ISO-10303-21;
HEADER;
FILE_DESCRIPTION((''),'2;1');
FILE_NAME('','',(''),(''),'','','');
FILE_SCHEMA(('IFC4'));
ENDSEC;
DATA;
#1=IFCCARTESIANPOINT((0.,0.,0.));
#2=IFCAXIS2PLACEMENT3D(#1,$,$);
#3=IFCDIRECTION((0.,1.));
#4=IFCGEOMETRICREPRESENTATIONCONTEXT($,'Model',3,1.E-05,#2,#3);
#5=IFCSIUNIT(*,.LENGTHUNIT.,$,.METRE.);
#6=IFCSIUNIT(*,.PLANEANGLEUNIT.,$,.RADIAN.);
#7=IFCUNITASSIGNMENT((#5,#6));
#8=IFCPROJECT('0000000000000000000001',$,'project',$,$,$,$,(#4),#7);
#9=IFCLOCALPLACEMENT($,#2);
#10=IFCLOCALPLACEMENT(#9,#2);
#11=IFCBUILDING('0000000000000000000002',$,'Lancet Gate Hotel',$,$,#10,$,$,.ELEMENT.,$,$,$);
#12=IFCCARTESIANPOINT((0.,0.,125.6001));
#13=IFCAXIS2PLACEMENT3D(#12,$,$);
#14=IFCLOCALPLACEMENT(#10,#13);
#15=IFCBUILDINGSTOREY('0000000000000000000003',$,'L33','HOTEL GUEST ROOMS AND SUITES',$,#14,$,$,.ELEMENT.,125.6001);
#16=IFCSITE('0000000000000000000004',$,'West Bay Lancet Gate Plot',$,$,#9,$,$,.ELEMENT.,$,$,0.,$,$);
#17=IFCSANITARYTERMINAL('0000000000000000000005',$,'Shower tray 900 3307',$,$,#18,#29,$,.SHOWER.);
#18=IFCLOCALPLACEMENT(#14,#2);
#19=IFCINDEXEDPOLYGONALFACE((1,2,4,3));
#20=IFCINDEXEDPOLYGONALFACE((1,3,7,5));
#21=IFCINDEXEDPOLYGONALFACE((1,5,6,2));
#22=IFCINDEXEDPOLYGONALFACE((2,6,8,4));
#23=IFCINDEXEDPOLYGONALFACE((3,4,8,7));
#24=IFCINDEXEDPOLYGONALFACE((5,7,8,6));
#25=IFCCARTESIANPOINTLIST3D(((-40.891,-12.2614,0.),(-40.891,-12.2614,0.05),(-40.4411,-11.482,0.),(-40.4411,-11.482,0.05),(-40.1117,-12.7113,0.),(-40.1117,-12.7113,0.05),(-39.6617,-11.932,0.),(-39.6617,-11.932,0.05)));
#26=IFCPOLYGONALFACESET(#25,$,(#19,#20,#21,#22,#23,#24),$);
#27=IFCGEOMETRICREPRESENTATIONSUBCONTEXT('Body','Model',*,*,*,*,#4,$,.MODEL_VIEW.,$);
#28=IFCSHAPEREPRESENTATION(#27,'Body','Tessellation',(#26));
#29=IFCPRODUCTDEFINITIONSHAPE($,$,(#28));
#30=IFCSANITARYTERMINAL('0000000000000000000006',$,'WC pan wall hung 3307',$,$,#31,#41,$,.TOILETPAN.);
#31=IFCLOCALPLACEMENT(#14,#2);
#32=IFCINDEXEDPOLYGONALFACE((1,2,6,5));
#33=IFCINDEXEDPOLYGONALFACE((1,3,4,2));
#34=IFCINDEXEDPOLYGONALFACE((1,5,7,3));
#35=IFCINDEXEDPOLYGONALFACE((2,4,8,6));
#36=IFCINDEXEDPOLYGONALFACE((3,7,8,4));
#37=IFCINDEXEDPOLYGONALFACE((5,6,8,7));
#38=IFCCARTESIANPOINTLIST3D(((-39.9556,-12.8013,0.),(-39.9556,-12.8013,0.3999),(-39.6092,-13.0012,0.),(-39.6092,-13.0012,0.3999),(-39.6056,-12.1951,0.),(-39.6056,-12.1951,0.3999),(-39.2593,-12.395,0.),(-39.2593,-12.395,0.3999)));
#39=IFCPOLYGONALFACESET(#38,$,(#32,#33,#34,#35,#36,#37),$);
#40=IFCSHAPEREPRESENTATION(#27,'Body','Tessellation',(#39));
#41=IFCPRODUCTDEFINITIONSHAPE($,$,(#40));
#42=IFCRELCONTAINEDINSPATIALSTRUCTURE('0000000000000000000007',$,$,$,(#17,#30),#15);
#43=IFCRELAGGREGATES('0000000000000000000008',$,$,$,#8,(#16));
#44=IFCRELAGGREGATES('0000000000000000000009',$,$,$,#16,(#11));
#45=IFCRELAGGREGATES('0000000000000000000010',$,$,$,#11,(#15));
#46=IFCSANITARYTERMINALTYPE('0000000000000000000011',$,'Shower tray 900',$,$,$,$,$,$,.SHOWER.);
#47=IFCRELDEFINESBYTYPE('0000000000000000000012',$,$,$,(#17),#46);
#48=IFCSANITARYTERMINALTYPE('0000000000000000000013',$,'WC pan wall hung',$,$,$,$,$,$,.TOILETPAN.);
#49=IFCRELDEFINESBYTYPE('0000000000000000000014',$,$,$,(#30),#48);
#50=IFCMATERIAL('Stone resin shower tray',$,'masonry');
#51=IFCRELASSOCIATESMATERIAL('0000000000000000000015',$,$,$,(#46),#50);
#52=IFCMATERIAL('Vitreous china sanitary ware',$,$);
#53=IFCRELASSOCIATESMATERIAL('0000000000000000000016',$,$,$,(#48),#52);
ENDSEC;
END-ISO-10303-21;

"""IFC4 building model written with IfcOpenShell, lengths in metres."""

from ifc_helpers import new_model, si_unit, direction, frame, origin, origin_2d, place, context, subcontext, project, spatial, rectangle, extrude, material, type_object, element, save


model = new_model("IFC4")

# Units and contexts
model_context = context("Model", 3, precision=1e-05, world=origin(), true_north=direction((0.0, 1.0)))
body_context = subcontext(model_context, "Body", "Model", "MODEL_VIEW")
ifc_project = project(units=[si_unit("LENGTHUNIT", "METRE"), si_unit("PLANEANGLEUNIT", "RADIAN")], contexts=[model_context])

# Site, building, storey
site_placement = place(None, origin())
site = spatial("IfcSite", under=ifc_project, at=site_placement, Name="West Bay Lancet Gate Plot", CompositionType="ELEMENT", RefElevation=0.0)
building_placement = place(site_placement, origin())
building = spatial("IfcBuilding", under=site, at=building_placement, Name="Lancet Gate Hotel", CompositionType="ELEMENT")
storey_placement = place(building_placement, frame((0.0, 0.0, 125.6001)))
storey = spatial("IfcBuildingStorey", under=building, at=storey_placement, Name="L33", Description="HOTEL GUEST ROOMS AND SUITES", CompositionType="ELEMENT", Elevation=125.6001)

# Sanitary terminals
ifc_material_1 = material(Name="Stone resin shower tray", Category="masonry")
sanitary_terminal_type_1 = type_object("IfcSanitaryTerminalType", Name="Shower tray 900", PredefinedType="SHOWER", material=ifc_material_1)
sanitary_terminal_1_placement = place(storey_placement, frame((-40.2764, -12.0967, 0.0), z_axis=(0.0, 0.0, 1.0), x_axis=(-0.866025, 0.5, 0.0)))
element("IfcSanitaryTerminal", 1, at=sanitary_terminal_1_placement, inside=storey, type_object=sanitary_terminal_type_1, Name="Shower tray 900 3307", PredefinedType="SHOWER", context=body_context, shape_type="SweptSolid", body=[
    extrude(rectangle(XDim=0.8999, YDim=0.8999, at=origin_2d()), origin(), (0.0, 0.0, 1.0), 0.05),
])
ifc_material_2 = material(Name="Vitreous china sanitary ware")
sanitary_terminal_type_2 = type_object("IfcSanitaryTerminalType", Name="WC pan wall hung", PredefinedType="TOILETPAN", material=ifc_material_2)
sanitary_terminal_2_placement = place(storey_placement, frame((-39.6074, -12.5981, 0.0), z_axis=(0.0, 0.0, 1.0), x_axis=(-0.866025, 0.5, 0.0)))
element("IfcSanitaryTerminal", 2, at=sanitary_terminal_2_placement, inside=storey, type_object=sanitary_terminal_type_2, Name="WC pan wall hung 3307", PredefinedType="TOILETPAN", context=body_context, shape_type="SweptSolid", body=[
    extrude(rectangle(XDim=0.3999, YDim=0.7, at=origin_2d()), origin(), (0.0, 0.0, 1.0), 0.3999),
])

save(model, "model.ifc")
